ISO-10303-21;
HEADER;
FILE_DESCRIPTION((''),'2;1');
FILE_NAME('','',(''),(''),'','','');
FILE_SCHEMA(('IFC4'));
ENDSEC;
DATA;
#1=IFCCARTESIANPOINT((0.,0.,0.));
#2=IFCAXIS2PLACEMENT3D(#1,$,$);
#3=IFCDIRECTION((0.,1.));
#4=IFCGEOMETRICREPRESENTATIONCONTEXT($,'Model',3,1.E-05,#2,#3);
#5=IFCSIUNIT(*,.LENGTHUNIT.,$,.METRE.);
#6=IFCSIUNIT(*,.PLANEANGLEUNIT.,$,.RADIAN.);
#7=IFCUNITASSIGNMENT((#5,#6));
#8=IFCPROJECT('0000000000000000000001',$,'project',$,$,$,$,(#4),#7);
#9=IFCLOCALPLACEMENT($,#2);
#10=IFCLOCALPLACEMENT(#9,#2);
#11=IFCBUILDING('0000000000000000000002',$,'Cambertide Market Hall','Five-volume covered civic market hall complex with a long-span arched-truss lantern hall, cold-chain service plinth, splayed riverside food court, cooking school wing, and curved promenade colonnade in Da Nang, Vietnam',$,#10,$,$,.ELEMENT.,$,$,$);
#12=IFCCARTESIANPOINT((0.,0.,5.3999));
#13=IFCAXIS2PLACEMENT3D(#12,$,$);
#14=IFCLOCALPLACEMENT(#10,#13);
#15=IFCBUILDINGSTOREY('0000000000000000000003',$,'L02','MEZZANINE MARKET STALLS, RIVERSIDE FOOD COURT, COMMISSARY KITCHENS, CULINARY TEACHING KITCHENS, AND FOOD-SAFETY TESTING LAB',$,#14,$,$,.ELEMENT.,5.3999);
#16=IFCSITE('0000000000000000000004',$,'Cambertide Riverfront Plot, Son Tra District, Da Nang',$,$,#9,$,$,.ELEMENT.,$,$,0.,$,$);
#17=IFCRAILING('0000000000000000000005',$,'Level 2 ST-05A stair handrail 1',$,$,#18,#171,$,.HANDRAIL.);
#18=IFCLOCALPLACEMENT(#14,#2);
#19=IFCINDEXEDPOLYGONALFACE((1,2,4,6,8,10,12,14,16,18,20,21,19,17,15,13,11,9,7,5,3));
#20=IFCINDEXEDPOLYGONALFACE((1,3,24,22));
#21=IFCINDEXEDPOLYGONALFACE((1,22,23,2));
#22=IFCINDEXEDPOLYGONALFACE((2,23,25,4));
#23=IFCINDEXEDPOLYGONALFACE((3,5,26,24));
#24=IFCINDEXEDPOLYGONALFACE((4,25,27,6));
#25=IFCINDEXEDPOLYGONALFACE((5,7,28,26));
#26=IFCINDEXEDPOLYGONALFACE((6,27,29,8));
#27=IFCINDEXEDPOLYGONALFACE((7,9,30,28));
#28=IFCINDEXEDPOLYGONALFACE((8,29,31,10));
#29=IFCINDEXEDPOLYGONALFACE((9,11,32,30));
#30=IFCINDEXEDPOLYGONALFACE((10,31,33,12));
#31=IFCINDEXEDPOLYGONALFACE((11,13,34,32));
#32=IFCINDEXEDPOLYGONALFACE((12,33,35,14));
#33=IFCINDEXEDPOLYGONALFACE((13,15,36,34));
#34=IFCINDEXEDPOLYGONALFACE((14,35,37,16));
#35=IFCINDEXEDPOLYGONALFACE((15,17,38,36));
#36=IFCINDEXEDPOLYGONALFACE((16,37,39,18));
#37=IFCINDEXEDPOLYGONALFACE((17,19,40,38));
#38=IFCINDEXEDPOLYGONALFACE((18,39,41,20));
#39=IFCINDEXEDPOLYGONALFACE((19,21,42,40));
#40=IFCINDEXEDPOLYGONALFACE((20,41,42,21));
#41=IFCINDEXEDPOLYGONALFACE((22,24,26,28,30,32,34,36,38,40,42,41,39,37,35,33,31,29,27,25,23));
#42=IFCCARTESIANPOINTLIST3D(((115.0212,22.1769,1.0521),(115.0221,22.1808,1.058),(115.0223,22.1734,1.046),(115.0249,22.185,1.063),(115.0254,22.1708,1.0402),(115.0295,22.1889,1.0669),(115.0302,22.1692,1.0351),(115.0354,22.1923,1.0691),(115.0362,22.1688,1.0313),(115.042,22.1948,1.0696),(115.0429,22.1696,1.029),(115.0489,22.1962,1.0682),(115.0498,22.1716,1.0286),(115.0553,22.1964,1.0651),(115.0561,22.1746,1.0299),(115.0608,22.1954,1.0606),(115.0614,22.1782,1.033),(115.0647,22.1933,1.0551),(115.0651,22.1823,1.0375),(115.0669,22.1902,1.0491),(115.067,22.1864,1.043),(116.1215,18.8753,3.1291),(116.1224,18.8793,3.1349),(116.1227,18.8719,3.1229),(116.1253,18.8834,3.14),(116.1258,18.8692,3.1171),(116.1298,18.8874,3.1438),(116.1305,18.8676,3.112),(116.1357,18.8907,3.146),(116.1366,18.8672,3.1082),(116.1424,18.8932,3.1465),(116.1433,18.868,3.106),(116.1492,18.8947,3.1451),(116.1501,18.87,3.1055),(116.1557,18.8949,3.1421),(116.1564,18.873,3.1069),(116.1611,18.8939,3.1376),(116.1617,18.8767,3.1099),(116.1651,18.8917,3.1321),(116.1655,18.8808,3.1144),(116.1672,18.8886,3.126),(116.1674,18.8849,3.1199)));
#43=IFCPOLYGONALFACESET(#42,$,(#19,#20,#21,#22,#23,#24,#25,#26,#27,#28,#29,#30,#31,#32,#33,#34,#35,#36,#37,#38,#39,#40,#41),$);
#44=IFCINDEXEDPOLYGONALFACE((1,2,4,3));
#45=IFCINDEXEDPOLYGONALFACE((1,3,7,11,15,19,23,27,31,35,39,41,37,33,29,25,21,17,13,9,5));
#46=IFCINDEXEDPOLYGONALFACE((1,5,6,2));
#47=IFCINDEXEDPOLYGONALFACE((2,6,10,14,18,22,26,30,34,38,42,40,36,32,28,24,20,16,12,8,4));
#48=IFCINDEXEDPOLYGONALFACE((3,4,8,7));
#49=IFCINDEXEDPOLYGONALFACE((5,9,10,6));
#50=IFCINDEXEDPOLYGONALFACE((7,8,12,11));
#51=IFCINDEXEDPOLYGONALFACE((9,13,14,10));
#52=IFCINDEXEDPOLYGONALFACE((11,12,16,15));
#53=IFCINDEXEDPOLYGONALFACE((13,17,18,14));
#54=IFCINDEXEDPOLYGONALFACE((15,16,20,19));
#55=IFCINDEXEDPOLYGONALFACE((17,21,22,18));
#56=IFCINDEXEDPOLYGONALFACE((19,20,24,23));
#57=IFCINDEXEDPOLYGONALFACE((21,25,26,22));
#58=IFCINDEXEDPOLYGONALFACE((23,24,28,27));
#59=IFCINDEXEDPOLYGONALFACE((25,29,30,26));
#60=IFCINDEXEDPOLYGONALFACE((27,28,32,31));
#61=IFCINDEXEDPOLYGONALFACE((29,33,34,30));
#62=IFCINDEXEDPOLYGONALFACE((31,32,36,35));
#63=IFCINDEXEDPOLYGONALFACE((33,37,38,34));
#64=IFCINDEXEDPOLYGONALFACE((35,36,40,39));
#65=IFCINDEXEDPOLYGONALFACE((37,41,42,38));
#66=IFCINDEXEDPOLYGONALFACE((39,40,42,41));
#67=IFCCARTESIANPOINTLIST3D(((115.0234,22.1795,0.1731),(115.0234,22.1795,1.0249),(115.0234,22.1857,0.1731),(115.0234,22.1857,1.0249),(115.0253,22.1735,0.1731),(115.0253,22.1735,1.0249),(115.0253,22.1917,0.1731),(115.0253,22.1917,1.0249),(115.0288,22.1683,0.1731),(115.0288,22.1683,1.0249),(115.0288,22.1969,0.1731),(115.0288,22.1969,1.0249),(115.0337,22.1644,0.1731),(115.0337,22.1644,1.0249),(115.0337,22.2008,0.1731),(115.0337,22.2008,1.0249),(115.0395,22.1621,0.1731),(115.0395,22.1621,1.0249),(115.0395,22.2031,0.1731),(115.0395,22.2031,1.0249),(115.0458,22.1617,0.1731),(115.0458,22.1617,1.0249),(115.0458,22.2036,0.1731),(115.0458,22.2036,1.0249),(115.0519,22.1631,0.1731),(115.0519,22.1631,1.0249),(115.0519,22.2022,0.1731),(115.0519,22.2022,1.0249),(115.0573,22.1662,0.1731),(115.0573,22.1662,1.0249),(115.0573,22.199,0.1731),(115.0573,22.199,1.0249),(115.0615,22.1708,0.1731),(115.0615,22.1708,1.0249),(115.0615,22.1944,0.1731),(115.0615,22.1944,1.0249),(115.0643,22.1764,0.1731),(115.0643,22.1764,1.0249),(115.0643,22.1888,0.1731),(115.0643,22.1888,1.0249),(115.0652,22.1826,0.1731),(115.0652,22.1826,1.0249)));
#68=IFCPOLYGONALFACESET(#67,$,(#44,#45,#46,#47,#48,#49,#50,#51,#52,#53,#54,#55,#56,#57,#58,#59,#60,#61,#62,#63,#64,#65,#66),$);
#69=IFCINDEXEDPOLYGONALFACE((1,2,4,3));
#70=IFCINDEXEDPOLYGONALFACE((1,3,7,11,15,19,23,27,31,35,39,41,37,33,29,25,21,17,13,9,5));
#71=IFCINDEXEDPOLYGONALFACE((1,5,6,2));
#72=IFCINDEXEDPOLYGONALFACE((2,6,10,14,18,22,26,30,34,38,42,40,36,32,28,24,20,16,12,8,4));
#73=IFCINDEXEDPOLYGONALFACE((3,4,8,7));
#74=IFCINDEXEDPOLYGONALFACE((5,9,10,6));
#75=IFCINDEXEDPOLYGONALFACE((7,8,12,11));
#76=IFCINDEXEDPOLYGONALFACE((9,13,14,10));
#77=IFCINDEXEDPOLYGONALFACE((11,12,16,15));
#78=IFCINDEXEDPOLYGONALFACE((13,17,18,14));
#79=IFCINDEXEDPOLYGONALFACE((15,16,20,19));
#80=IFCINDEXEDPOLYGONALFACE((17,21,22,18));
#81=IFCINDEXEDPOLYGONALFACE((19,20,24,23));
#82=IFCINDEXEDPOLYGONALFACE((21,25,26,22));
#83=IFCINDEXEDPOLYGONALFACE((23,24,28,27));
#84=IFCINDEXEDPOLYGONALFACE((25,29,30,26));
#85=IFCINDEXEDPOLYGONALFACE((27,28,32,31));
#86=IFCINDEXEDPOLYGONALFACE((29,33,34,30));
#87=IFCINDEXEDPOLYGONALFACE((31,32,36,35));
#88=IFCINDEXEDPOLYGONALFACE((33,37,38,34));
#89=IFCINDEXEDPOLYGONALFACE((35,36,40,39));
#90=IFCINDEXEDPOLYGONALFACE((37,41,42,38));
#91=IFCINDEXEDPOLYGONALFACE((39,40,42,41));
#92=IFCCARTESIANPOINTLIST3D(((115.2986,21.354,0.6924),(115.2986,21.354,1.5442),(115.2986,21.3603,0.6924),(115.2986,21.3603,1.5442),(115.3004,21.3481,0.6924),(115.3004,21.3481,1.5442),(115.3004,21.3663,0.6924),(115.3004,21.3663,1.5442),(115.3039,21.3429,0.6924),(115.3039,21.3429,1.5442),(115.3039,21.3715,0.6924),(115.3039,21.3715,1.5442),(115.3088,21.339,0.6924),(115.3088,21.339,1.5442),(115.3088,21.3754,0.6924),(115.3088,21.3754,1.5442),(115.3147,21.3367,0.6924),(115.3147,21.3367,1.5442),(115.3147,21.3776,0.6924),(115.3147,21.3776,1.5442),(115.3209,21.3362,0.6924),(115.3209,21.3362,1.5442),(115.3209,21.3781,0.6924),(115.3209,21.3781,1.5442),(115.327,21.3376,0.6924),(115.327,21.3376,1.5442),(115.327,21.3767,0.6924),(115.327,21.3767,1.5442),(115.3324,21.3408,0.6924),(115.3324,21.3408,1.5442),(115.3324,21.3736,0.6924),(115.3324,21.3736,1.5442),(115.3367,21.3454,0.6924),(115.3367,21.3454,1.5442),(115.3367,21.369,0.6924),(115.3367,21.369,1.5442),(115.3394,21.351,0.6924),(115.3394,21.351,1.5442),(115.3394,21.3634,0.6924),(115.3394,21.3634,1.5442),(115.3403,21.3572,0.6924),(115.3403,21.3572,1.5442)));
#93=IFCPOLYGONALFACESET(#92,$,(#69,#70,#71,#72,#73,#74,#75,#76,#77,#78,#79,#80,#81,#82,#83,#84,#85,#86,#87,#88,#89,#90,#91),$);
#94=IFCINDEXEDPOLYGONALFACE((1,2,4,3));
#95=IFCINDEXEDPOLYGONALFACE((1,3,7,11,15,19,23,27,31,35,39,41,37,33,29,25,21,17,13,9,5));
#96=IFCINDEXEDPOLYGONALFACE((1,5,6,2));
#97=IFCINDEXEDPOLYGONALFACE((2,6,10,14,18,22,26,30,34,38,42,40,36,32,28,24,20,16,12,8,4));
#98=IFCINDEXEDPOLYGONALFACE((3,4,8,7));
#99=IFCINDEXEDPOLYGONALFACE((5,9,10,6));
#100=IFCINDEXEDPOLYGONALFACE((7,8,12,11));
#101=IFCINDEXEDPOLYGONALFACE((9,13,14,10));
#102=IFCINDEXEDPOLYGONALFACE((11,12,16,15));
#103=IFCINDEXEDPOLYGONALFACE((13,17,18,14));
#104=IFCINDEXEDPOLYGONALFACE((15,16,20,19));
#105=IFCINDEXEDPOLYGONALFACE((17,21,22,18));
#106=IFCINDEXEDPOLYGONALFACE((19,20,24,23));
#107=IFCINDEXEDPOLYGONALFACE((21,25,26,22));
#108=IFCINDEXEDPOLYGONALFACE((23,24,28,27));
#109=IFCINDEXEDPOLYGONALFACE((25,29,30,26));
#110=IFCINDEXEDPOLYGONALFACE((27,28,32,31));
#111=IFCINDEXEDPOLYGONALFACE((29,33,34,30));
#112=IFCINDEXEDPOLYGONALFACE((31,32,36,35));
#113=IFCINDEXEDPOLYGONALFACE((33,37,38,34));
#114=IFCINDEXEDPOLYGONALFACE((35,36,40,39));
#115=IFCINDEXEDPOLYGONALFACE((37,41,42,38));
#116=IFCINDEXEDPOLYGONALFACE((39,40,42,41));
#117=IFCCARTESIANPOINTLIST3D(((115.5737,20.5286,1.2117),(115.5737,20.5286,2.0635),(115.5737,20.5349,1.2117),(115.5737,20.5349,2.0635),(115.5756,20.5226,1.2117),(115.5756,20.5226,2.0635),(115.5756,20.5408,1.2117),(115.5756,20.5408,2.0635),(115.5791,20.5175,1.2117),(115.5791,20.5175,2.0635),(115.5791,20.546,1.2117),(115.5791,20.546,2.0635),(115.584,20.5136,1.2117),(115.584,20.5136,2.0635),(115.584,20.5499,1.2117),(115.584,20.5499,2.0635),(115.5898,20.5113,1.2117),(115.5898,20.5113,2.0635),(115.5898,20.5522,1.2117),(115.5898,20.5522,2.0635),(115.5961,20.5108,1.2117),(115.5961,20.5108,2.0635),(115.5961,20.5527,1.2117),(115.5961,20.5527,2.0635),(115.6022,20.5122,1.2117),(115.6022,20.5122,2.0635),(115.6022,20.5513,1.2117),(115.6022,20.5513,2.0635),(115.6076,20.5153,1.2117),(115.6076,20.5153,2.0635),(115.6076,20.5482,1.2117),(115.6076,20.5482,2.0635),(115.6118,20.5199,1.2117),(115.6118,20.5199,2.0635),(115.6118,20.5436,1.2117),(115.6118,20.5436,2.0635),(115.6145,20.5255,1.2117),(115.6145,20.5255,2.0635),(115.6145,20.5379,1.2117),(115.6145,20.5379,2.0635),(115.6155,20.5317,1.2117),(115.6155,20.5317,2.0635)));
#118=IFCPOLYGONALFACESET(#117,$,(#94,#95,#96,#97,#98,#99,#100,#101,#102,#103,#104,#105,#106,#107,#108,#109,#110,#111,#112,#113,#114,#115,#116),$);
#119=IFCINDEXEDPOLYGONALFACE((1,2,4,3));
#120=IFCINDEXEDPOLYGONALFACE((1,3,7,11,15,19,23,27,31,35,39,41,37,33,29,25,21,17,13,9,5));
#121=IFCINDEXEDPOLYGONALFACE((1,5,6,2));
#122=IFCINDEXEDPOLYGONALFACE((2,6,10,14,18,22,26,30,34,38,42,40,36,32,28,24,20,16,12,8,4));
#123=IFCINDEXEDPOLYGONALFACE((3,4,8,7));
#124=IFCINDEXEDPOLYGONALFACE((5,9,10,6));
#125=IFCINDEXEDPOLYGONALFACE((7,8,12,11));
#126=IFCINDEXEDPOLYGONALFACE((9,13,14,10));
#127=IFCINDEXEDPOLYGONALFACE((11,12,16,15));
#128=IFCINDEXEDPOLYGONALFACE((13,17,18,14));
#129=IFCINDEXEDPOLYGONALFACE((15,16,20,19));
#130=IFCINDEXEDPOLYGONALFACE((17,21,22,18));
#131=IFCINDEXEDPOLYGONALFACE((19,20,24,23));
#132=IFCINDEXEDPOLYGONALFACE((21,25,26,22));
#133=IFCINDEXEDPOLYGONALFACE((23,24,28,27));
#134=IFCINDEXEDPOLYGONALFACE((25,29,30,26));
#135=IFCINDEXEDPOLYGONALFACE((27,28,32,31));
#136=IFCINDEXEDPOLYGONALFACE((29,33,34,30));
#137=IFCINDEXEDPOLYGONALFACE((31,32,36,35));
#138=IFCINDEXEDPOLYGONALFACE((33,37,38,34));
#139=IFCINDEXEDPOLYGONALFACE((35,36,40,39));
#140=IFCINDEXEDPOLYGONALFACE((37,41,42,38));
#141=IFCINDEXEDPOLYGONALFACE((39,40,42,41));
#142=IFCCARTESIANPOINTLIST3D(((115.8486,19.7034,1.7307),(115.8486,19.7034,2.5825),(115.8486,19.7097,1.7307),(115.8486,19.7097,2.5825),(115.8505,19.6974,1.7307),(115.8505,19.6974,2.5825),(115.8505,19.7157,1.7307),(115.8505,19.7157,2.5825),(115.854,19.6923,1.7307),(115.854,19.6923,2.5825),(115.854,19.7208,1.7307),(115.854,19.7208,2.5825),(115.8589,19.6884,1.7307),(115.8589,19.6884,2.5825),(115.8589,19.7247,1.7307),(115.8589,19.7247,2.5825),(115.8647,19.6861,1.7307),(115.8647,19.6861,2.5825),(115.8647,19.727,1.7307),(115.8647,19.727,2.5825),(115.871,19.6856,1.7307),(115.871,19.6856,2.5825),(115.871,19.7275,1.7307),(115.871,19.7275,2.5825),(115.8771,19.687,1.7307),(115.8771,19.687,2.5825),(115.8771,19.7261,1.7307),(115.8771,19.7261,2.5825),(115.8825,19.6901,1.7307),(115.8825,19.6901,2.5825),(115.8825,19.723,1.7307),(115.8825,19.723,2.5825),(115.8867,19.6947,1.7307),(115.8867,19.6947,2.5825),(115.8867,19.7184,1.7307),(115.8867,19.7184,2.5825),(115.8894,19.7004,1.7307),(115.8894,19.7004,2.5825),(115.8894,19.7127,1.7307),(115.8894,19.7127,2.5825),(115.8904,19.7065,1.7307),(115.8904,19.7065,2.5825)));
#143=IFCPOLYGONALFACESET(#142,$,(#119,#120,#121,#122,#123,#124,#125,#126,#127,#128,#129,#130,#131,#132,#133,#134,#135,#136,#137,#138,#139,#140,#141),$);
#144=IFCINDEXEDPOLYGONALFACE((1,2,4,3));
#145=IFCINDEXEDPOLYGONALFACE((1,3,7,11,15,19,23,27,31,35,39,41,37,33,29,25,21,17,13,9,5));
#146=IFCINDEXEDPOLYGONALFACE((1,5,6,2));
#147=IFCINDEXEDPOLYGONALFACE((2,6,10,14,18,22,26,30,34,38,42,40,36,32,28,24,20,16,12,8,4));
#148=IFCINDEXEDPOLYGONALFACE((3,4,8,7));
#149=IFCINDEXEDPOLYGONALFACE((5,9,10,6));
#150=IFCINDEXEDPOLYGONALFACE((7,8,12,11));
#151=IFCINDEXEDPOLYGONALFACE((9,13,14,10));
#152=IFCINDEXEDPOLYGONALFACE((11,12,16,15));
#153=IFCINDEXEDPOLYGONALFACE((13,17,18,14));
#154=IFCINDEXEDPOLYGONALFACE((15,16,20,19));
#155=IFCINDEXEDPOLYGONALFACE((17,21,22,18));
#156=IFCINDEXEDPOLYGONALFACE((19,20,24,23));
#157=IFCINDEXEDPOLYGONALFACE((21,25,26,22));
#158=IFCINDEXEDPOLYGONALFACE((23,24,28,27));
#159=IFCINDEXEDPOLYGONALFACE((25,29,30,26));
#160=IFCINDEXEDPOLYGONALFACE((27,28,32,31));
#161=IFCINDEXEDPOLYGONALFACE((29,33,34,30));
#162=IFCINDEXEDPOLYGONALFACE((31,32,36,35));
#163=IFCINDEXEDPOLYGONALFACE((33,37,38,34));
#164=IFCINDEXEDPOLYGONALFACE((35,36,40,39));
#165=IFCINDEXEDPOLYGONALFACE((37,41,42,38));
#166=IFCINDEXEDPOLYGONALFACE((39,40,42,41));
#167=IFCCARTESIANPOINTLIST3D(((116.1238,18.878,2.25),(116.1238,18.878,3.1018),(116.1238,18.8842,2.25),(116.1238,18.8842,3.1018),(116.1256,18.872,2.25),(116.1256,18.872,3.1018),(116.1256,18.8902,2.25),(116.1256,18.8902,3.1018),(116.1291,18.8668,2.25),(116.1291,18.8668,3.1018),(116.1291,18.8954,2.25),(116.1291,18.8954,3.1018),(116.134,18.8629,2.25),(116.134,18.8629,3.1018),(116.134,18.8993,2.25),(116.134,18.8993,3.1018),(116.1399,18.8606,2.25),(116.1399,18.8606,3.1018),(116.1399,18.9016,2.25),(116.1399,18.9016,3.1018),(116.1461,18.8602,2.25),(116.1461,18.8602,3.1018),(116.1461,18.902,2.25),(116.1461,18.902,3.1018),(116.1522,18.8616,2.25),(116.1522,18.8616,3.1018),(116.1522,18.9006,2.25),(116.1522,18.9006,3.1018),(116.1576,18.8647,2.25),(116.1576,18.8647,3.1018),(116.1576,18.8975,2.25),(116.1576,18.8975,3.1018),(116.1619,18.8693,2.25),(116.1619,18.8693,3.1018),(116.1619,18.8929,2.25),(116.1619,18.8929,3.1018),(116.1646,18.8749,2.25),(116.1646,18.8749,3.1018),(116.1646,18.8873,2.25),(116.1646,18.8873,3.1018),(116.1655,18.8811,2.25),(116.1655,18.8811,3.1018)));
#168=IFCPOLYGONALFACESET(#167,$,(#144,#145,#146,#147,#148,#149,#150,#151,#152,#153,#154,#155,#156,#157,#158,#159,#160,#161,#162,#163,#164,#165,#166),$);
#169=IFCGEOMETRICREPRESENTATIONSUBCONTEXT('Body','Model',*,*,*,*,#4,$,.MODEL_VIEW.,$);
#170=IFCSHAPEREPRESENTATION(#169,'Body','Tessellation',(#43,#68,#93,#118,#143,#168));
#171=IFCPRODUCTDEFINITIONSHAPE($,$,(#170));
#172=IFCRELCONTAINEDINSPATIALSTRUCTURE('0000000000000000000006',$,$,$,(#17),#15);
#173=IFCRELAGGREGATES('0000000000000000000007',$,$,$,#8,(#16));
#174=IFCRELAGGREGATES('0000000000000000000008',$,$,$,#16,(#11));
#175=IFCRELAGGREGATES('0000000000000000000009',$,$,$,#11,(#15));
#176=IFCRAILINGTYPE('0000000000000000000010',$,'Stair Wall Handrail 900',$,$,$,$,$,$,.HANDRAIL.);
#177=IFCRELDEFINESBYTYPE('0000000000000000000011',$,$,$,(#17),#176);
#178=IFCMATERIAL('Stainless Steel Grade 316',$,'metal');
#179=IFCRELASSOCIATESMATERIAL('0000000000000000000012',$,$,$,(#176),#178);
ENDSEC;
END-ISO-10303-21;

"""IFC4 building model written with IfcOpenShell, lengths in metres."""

from ifc_helpers import new_model, si_unit, direction, frame, origin, origin_2d, place, context, subcontext, project, spatial, circle, extrude, material, type_object, element, save


model = new_model("IFC4")

# Units and contexts
model_context = context("Model", 3, precision=1e-05, world=origin(), true_north=direction((0.0, 1.0)))
body_context = subcontext(model_context, "Body", "Model", "MODEL_VIEW")
ifc_project = project(units=[si_unit("LENGTHUNIT", "METRE"), si_unit("PLANEANGLEUNIT", "RADIAN")], contexts=[model_context])

# Site, building, storey
site_placement = place(None, origin())
site = spatial("IfcSite", under=ifc_project, at=site_placement, Name="Cambertide Riverfront Plot, Son Tra District, Da Nang", CompositionType="ELEMENT", RefElevation=0.0)
building_placement = place(site_placement, origin())
building = spatial("IfcBuilding", under=site, at=building_placement, Name="Cambertide Market Hall", Description="Five-volume covered civic market hall complex with a long-span arched-truss lantern hall, cold-chain service plinth, splayed riverside food court, cooking school wing, and curved promenade colonnade in Da Nang, Vietnam", CompositionType="ELEMENT")
storey_placement = place(building_placement, frame((0.0, 0.0, 5.3999)))
storey = spatial("IfcBuildingStorey", under=building, at=storey_placement, Name="L02", Description="MEZZANINE MARKET STALLS, RIVERSIDE FOOD COURT, COMMISSARY KITCHENS, CULINARY TEACHING KITCHENS, AND FOOD-SAFETY TESTING LAB", CompositionType="ELEMENT", Elevation=5.3999)

# Railing
ifc_material_1 = material(Name="Stainless Steel Grade 316", Category="metal")
railing_type_1 = type_object("IfcRailingType", Name="Stair Wall Handrail 900", PredefinedType="HANDRAIL", material=ifc_material_1)
railing_1_placement = place(storey_placement, frame((115.0442, 22.1826, 0.1731)))
element("IfcRailing", 1, at=railing_1_placement, inside=storey, type_object=railing_type_1, Name="Level 2 ST-05A stair handrail 1", PredefinedType="HANDRAIL", context=body_context, shape_type="SweptSolid", body=[
    extrude(circle(Radius=0.0239, at=origin_2d()), frame((0.0, 0.0, 0.876), z_axis=(0.271509, -0.814648, 0.512476), x_axis=(0.948697, 0.316186, 0.0)), (0.0, 0.0, 1.0), 4.0527),
    extrude(circle(Radius=0.021, at=origin_2d()), origin(), (0.0, 0.0, 1.0), 0.8518),
    extrude(circle(Radius=0.021, at=origin_2d()), frame((0.2751, -0.8254, 0.5193)), (0.0, 0.0, 1.0), 0.8518),
    extrude(circle(Radius=0.021, at=origin_2d()), frame((0.5503, -1.6509, 1.0386)), (0.0, 0.0, 1.0), 0.8518),
    extrude(circle(Radius=0.021, at=origin_2d()), frame((0.8252, -2.4761, 1.5576)), (0.0, 0.0, 1.0), 0.8518),
    extrude(circle(Radius=0.021, at=origin_2d()), frame((1.1003, -3.3015, 2.0769)), (0.0, 0.0, 1.0), 0.8518),
])

save(model, "model.ifc")
